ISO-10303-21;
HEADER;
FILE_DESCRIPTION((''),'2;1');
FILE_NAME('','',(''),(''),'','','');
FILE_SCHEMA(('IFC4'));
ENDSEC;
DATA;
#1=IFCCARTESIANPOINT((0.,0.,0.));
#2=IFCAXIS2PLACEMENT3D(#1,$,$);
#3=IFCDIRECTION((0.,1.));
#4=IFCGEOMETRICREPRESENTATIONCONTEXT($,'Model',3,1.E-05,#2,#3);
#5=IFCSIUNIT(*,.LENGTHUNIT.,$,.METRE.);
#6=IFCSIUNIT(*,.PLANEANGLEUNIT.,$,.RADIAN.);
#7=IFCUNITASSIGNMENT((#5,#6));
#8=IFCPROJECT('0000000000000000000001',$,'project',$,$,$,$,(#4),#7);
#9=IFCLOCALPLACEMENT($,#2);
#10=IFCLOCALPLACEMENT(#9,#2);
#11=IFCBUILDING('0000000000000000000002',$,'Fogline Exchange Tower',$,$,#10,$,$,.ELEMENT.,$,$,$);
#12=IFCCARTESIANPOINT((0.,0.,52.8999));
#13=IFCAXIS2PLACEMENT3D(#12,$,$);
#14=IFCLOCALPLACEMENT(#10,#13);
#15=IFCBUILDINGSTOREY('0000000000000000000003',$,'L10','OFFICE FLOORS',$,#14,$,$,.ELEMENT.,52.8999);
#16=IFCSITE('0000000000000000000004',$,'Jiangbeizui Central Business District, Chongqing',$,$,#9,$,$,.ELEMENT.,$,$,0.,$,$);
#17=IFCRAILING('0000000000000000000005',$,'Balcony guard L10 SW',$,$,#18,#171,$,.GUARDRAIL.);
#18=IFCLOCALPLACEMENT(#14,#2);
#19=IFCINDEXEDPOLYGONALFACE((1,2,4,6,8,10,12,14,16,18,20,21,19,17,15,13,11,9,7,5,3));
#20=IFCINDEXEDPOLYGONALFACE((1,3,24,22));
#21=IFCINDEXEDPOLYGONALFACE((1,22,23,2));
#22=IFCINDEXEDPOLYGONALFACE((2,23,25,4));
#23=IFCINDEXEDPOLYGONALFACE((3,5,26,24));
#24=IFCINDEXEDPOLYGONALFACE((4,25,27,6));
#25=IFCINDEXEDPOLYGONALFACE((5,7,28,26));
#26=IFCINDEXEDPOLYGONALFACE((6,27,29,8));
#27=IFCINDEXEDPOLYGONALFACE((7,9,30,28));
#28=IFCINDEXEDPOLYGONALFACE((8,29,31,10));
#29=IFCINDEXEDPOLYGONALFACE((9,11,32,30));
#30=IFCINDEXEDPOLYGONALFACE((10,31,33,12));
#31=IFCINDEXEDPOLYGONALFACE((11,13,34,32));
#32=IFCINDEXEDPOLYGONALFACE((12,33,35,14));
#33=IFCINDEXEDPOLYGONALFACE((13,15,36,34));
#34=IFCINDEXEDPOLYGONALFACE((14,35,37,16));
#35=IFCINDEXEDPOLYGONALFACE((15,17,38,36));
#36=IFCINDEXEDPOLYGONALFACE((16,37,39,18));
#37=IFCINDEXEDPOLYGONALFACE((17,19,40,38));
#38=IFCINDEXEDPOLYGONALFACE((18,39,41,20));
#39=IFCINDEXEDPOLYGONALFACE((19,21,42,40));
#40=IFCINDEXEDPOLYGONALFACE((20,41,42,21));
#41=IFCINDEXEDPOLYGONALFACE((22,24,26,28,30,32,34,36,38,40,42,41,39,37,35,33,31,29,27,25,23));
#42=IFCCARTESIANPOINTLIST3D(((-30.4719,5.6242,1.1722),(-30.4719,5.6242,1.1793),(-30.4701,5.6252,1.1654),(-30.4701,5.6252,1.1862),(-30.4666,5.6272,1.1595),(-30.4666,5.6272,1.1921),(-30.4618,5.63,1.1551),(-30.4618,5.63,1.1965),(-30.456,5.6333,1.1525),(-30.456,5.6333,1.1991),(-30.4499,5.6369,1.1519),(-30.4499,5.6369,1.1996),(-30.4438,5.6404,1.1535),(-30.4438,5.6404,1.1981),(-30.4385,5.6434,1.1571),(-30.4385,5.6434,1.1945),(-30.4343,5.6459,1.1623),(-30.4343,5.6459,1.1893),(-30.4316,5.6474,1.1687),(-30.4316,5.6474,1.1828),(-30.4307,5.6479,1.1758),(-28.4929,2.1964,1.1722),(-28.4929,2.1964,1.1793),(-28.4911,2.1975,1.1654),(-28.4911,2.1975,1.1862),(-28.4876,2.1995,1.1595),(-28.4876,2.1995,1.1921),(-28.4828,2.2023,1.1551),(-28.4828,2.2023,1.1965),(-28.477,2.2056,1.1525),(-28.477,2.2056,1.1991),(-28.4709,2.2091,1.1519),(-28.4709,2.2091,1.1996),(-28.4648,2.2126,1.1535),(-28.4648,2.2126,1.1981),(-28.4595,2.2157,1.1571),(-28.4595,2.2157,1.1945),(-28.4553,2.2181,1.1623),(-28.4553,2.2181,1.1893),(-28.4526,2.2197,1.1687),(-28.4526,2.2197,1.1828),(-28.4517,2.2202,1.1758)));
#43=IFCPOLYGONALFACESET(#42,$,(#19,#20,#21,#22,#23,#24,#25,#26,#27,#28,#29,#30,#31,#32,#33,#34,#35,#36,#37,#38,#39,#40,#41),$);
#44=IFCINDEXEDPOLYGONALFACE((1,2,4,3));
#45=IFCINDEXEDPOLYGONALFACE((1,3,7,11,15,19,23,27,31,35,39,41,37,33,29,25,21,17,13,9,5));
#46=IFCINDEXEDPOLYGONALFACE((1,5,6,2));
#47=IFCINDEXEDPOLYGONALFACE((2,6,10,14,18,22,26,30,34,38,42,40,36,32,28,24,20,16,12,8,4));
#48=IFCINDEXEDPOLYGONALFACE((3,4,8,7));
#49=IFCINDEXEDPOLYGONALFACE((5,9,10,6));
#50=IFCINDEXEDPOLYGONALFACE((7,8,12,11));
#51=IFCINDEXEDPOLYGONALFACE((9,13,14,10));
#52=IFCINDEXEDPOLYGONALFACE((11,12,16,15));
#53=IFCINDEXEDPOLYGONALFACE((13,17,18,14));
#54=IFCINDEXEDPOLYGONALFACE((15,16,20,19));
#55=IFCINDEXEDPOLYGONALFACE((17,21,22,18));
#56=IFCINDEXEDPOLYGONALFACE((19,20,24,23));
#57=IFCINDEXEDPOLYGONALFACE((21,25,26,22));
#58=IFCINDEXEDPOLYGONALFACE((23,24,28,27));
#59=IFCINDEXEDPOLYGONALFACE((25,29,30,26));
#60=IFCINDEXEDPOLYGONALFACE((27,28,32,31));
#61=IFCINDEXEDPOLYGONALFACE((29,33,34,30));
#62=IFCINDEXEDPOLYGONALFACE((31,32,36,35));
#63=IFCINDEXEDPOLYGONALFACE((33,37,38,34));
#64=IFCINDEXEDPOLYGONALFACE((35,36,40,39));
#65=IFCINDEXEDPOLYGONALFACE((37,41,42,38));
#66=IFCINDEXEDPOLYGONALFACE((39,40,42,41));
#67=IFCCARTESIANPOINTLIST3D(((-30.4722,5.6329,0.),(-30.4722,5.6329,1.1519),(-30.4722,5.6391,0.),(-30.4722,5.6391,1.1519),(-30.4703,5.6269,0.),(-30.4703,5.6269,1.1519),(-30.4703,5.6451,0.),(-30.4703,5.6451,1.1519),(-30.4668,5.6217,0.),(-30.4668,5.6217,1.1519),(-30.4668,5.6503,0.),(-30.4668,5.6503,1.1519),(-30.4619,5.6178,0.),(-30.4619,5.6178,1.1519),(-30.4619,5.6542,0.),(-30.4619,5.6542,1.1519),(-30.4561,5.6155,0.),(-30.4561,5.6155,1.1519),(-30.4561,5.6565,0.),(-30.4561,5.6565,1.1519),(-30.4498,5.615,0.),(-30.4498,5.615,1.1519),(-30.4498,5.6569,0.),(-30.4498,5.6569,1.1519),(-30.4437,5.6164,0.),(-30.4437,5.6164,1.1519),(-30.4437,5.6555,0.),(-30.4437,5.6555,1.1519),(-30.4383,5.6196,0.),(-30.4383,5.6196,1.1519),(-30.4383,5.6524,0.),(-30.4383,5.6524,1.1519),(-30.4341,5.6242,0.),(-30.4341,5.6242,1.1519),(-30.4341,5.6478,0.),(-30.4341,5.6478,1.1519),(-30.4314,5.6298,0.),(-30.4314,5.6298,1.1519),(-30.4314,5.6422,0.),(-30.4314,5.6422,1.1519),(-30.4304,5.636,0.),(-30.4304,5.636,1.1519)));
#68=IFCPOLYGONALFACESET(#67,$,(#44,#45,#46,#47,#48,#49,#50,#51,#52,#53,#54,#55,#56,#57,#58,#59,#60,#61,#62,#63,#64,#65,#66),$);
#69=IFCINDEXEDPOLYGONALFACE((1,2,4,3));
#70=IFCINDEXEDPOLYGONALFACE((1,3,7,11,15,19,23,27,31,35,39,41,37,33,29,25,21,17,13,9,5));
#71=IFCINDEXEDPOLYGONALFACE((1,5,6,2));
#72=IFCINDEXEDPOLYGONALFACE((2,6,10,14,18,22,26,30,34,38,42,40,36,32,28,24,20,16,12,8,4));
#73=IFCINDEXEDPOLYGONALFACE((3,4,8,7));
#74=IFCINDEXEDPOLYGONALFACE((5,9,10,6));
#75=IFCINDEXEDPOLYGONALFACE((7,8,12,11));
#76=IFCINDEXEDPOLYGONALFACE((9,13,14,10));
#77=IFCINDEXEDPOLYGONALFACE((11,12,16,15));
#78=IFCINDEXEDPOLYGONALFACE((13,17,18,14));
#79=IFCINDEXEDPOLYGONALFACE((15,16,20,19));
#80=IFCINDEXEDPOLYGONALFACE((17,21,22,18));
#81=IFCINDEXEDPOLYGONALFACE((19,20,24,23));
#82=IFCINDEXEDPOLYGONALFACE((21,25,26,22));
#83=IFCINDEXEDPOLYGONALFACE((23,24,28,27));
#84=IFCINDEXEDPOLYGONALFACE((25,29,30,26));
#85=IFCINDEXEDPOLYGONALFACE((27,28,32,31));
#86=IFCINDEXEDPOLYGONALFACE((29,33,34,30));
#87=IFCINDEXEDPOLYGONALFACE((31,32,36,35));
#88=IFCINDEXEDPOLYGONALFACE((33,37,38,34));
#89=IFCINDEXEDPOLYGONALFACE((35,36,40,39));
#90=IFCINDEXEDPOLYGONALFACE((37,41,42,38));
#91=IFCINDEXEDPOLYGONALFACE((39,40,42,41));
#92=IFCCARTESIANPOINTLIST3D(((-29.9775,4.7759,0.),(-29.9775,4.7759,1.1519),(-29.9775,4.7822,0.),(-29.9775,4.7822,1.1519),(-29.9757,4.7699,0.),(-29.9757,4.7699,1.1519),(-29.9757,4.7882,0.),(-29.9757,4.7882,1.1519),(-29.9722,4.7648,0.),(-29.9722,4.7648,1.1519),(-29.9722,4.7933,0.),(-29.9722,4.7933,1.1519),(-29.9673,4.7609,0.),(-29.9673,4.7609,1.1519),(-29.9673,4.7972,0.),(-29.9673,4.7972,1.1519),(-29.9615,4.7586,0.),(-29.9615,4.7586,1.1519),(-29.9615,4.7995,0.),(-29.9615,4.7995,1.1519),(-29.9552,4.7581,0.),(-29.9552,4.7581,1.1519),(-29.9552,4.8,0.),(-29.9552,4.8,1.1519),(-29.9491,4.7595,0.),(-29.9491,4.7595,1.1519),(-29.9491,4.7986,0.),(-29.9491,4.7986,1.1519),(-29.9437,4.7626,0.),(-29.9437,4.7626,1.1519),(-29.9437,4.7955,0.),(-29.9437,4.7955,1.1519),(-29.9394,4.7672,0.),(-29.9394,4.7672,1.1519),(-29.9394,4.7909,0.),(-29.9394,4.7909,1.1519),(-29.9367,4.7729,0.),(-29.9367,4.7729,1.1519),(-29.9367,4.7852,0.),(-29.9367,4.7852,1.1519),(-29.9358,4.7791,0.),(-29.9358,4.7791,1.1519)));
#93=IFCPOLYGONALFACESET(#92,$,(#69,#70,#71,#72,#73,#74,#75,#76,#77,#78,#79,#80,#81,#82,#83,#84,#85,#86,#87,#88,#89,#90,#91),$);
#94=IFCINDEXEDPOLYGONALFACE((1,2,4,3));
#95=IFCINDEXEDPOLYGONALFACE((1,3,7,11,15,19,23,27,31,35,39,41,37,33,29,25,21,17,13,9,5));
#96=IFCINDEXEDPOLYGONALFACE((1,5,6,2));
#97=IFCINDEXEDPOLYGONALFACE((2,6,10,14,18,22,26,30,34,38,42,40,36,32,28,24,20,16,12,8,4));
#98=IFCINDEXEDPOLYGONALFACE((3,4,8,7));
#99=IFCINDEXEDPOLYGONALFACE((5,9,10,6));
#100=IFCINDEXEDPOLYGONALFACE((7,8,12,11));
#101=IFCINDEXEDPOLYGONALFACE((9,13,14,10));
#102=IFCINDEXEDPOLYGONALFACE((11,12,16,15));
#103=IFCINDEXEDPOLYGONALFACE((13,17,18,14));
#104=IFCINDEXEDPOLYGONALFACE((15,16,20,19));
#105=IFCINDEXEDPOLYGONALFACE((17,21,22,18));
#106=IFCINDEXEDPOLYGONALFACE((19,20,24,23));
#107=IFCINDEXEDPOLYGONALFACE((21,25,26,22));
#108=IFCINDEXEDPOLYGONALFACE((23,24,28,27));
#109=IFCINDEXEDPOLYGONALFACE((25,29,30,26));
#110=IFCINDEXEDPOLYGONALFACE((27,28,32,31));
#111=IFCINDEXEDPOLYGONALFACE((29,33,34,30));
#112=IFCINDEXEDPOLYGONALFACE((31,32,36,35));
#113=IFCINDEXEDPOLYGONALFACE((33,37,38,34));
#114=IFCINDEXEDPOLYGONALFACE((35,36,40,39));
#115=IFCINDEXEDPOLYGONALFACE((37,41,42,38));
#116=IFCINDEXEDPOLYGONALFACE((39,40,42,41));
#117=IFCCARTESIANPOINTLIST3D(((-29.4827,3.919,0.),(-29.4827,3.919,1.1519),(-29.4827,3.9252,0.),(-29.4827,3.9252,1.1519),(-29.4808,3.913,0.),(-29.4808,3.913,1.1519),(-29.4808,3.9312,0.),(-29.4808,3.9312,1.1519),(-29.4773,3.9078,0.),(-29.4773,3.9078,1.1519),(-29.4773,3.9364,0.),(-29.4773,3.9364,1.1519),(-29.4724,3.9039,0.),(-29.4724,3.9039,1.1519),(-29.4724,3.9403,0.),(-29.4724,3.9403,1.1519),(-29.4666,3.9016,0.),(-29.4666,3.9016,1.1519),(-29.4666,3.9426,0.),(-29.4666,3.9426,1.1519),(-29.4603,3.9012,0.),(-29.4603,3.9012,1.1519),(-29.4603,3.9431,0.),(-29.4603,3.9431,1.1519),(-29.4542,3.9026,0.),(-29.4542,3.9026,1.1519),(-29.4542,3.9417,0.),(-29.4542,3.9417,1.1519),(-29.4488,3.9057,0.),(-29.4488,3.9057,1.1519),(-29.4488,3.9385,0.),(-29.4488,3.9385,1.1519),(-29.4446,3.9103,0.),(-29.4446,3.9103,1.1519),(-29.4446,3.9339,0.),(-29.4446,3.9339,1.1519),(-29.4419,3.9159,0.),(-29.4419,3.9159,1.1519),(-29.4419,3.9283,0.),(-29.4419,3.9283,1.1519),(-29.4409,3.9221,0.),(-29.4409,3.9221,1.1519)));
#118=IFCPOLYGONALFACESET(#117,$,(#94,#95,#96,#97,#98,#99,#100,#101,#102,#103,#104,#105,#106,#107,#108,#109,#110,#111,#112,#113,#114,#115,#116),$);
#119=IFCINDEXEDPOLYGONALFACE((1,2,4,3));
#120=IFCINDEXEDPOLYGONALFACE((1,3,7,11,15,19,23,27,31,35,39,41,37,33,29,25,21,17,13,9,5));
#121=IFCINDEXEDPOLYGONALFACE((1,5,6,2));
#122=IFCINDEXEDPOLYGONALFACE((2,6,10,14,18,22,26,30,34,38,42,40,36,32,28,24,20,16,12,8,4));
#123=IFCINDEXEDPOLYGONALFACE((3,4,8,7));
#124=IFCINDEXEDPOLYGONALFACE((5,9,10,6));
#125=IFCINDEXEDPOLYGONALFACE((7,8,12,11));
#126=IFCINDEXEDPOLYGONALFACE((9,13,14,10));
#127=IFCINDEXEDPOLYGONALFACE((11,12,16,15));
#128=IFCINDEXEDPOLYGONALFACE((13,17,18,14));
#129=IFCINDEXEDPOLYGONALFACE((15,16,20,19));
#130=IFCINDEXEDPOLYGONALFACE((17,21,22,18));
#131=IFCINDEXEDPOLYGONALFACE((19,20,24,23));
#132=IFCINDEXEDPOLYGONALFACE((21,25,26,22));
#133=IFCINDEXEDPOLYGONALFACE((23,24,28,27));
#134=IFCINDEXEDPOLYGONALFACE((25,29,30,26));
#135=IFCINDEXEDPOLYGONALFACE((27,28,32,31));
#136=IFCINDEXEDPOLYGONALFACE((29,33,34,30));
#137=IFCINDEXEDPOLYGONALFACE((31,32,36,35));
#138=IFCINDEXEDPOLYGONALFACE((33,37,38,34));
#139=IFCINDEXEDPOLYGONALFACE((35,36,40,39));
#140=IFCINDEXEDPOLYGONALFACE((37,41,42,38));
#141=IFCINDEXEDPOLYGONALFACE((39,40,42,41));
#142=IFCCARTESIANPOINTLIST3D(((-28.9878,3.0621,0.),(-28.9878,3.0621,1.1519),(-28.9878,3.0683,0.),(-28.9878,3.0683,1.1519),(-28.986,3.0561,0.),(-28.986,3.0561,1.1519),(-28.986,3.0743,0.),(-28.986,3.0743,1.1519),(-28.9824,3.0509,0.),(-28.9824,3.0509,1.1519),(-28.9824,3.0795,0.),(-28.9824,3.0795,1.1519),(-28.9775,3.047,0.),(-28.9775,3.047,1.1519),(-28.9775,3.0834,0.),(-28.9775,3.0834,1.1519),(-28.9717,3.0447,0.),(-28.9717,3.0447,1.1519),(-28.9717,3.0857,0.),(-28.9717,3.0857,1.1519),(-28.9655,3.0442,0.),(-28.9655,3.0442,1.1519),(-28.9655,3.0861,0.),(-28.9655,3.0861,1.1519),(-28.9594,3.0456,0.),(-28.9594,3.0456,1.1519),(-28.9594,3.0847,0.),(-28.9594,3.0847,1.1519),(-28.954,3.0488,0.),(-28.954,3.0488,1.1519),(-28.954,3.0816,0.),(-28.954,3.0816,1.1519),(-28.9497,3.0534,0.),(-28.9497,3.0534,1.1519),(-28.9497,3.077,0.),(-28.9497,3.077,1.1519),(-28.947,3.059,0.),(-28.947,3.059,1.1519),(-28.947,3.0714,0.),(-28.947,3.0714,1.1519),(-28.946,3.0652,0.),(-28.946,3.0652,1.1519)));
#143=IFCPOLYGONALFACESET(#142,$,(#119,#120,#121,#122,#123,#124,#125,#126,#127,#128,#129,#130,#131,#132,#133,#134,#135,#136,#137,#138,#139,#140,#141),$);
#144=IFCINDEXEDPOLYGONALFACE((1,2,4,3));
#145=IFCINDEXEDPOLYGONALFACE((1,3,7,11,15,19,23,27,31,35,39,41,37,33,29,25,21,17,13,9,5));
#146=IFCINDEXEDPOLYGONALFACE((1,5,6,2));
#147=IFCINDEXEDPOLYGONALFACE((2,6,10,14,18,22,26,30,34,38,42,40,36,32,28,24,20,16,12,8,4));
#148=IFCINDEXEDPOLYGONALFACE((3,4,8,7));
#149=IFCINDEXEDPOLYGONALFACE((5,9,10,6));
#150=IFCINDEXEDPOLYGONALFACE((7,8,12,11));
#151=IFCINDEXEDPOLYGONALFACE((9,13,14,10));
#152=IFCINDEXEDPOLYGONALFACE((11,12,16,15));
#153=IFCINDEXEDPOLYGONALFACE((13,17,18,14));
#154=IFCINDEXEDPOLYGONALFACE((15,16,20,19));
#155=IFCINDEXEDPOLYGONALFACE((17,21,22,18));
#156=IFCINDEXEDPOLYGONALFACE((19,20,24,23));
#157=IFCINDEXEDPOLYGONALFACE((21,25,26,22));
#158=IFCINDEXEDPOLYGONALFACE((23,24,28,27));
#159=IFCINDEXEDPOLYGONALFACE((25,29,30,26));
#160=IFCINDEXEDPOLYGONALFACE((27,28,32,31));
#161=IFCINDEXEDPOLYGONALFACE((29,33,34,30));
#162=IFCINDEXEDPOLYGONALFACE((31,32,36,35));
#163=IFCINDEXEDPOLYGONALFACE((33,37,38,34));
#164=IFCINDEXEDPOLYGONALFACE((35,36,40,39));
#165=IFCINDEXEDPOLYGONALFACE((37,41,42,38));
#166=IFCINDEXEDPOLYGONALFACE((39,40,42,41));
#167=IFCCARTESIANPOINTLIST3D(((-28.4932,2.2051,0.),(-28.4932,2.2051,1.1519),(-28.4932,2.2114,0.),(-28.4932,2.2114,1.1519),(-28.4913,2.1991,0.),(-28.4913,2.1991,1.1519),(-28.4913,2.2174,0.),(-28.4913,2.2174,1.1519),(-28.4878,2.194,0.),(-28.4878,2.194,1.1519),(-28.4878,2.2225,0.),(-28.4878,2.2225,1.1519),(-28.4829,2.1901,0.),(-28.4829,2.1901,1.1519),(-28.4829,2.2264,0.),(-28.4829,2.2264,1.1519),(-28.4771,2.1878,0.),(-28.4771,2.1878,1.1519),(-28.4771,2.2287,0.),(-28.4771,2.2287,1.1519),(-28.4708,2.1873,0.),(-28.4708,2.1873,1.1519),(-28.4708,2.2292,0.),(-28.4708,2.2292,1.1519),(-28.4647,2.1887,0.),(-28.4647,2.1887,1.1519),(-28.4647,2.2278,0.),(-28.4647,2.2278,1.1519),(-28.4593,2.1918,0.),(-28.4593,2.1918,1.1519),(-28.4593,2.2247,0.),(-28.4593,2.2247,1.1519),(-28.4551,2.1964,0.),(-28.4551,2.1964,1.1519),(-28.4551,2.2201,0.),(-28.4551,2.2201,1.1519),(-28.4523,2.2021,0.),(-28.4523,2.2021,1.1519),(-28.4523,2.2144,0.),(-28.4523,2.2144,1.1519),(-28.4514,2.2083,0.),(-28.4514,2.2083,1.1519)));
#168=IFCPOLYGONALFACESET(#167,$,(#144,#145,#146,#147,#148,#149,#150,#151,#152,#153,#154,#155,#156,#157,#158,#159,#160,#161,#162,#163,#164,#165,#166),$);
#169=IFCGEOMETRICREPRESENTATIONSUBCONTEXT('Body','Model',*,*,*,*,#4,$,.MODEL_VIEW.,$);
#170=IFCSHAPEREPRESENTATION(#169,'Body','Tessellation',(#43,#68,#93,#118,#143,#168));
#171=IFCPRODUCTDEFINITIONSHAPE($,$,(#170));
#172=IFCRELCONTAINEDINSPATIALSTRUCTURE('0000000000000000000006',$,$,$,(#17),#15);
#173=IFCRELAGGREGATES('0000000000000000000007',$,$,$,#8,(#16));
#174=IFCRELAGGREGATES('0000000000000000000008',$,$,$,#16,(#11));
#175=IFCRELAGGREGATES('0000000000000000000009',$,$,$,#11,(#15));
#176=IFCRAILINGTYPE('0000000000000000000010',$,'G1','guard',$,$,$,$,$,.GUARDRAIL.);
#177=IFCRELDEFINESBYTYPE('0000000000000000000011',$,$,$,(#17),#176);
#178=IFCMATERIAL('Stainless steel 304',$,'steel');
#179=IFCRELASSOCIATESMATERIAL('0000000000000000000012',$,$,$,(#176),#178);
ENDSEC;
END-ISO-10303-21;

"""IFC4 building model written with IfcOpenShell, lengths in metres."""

from ifc_helpers import new_model, si_unit, direction, frame, origin, origin_2d, place, context, subcontext, project, spatial, circle, extrude, material, type_object, element, save


model = new_model("IFC4")

# Units and contexts
model_context = context("Model", 3, precision=1e-05, world=origin(), true_north=direction((0.0, 1.0)))
body_context = subcontext(model_context, "Body", "Model", "MODEL_VIEW")
ifc_project = project(units=[si_unit("LENGTHUNIT", "METRE"), si_unit("PLANEANGLEUNIT", "RADIAN")], contexts=[model_context])

# Site, building, storey
site_placement = place(None, origin())
site = spatial("IfcSite", under=ifc_project, at=site_placement, Name="Jiangbeizui Central Business District, Chongqing", CompositionType="ELEMENT", RefElevation=0.0)
building_placement = place(site_placement, origin())
building = spatial("IfcBuilding", under=site, at=building_placement, Name="Fogline Exchange Tower", CompositionType="ELEMENT")
storey_placement = place(building_placement, frame((0.0, 0.0, 52.8999)))
storey = spatial("IfcBuildingStorey", under=building, at=storey_placement, Name="L10", Description="OFFICE FLOORS", CompositionType="ELEMENT", Elevation=52.8999)

# Railing
ifc_material_1 = material(Name="Stainless steel 304", Category="steel")
railing_type = type_object("IfcRailingType", Name="G1", Description="guard", PredefinedType="GUARDRAIL", material=ifc_material_1)
railing_placement = place(storey_placement, frame((-30.4514, 5.636, 0.0)))
element("IfcRailing", 1, at=railing_placement, inside=storey, type_object=railing_type, Name="Balcony guard L10 SW", PredefinedType="GUARDRAIL", context=body_context, shape_type="SweptSolid", body=[
    extrude(circle(Radius=0.0239, at=origin_2d()), frame((0.0, 0.0, 1.1758), z_axis=(0.5, -0.866025, 0.0), x_axis=(0.866025, 0.5, 0.0)), (0.0, 0.0, 1.0), 3.958),
    extrude(circle(Radius=0.021, at=origin_2d()), origin(), (0.0, 0.0, 1.0), 1.1519),
    extrude(circle(Radius=0.021, at=origin_2d()), frame((0.4946, -0.8569, 0.0)), (0.0, 0.0, 1.0), 1.1519),
    extrude(circle(Radius=0.021, at=origin_2d()), frame((0.9895, -1.7139, 0.0)), (0.0, 0.0, 1.0), 1.1519),
    extrude(circle(Radius=0.021, at=origin_2d()), frame((1.4844, -2.5708, 0.0)), (0.0, 0.0, 1.0), 1.1519),
    extrude(circle(Radius=0.021, at=origin_2d()), frame((1.979, -3.4277, 0.0)), (0.0, 0.0, 1.0), 1.1519),
])

save(model, "model.ifc")
